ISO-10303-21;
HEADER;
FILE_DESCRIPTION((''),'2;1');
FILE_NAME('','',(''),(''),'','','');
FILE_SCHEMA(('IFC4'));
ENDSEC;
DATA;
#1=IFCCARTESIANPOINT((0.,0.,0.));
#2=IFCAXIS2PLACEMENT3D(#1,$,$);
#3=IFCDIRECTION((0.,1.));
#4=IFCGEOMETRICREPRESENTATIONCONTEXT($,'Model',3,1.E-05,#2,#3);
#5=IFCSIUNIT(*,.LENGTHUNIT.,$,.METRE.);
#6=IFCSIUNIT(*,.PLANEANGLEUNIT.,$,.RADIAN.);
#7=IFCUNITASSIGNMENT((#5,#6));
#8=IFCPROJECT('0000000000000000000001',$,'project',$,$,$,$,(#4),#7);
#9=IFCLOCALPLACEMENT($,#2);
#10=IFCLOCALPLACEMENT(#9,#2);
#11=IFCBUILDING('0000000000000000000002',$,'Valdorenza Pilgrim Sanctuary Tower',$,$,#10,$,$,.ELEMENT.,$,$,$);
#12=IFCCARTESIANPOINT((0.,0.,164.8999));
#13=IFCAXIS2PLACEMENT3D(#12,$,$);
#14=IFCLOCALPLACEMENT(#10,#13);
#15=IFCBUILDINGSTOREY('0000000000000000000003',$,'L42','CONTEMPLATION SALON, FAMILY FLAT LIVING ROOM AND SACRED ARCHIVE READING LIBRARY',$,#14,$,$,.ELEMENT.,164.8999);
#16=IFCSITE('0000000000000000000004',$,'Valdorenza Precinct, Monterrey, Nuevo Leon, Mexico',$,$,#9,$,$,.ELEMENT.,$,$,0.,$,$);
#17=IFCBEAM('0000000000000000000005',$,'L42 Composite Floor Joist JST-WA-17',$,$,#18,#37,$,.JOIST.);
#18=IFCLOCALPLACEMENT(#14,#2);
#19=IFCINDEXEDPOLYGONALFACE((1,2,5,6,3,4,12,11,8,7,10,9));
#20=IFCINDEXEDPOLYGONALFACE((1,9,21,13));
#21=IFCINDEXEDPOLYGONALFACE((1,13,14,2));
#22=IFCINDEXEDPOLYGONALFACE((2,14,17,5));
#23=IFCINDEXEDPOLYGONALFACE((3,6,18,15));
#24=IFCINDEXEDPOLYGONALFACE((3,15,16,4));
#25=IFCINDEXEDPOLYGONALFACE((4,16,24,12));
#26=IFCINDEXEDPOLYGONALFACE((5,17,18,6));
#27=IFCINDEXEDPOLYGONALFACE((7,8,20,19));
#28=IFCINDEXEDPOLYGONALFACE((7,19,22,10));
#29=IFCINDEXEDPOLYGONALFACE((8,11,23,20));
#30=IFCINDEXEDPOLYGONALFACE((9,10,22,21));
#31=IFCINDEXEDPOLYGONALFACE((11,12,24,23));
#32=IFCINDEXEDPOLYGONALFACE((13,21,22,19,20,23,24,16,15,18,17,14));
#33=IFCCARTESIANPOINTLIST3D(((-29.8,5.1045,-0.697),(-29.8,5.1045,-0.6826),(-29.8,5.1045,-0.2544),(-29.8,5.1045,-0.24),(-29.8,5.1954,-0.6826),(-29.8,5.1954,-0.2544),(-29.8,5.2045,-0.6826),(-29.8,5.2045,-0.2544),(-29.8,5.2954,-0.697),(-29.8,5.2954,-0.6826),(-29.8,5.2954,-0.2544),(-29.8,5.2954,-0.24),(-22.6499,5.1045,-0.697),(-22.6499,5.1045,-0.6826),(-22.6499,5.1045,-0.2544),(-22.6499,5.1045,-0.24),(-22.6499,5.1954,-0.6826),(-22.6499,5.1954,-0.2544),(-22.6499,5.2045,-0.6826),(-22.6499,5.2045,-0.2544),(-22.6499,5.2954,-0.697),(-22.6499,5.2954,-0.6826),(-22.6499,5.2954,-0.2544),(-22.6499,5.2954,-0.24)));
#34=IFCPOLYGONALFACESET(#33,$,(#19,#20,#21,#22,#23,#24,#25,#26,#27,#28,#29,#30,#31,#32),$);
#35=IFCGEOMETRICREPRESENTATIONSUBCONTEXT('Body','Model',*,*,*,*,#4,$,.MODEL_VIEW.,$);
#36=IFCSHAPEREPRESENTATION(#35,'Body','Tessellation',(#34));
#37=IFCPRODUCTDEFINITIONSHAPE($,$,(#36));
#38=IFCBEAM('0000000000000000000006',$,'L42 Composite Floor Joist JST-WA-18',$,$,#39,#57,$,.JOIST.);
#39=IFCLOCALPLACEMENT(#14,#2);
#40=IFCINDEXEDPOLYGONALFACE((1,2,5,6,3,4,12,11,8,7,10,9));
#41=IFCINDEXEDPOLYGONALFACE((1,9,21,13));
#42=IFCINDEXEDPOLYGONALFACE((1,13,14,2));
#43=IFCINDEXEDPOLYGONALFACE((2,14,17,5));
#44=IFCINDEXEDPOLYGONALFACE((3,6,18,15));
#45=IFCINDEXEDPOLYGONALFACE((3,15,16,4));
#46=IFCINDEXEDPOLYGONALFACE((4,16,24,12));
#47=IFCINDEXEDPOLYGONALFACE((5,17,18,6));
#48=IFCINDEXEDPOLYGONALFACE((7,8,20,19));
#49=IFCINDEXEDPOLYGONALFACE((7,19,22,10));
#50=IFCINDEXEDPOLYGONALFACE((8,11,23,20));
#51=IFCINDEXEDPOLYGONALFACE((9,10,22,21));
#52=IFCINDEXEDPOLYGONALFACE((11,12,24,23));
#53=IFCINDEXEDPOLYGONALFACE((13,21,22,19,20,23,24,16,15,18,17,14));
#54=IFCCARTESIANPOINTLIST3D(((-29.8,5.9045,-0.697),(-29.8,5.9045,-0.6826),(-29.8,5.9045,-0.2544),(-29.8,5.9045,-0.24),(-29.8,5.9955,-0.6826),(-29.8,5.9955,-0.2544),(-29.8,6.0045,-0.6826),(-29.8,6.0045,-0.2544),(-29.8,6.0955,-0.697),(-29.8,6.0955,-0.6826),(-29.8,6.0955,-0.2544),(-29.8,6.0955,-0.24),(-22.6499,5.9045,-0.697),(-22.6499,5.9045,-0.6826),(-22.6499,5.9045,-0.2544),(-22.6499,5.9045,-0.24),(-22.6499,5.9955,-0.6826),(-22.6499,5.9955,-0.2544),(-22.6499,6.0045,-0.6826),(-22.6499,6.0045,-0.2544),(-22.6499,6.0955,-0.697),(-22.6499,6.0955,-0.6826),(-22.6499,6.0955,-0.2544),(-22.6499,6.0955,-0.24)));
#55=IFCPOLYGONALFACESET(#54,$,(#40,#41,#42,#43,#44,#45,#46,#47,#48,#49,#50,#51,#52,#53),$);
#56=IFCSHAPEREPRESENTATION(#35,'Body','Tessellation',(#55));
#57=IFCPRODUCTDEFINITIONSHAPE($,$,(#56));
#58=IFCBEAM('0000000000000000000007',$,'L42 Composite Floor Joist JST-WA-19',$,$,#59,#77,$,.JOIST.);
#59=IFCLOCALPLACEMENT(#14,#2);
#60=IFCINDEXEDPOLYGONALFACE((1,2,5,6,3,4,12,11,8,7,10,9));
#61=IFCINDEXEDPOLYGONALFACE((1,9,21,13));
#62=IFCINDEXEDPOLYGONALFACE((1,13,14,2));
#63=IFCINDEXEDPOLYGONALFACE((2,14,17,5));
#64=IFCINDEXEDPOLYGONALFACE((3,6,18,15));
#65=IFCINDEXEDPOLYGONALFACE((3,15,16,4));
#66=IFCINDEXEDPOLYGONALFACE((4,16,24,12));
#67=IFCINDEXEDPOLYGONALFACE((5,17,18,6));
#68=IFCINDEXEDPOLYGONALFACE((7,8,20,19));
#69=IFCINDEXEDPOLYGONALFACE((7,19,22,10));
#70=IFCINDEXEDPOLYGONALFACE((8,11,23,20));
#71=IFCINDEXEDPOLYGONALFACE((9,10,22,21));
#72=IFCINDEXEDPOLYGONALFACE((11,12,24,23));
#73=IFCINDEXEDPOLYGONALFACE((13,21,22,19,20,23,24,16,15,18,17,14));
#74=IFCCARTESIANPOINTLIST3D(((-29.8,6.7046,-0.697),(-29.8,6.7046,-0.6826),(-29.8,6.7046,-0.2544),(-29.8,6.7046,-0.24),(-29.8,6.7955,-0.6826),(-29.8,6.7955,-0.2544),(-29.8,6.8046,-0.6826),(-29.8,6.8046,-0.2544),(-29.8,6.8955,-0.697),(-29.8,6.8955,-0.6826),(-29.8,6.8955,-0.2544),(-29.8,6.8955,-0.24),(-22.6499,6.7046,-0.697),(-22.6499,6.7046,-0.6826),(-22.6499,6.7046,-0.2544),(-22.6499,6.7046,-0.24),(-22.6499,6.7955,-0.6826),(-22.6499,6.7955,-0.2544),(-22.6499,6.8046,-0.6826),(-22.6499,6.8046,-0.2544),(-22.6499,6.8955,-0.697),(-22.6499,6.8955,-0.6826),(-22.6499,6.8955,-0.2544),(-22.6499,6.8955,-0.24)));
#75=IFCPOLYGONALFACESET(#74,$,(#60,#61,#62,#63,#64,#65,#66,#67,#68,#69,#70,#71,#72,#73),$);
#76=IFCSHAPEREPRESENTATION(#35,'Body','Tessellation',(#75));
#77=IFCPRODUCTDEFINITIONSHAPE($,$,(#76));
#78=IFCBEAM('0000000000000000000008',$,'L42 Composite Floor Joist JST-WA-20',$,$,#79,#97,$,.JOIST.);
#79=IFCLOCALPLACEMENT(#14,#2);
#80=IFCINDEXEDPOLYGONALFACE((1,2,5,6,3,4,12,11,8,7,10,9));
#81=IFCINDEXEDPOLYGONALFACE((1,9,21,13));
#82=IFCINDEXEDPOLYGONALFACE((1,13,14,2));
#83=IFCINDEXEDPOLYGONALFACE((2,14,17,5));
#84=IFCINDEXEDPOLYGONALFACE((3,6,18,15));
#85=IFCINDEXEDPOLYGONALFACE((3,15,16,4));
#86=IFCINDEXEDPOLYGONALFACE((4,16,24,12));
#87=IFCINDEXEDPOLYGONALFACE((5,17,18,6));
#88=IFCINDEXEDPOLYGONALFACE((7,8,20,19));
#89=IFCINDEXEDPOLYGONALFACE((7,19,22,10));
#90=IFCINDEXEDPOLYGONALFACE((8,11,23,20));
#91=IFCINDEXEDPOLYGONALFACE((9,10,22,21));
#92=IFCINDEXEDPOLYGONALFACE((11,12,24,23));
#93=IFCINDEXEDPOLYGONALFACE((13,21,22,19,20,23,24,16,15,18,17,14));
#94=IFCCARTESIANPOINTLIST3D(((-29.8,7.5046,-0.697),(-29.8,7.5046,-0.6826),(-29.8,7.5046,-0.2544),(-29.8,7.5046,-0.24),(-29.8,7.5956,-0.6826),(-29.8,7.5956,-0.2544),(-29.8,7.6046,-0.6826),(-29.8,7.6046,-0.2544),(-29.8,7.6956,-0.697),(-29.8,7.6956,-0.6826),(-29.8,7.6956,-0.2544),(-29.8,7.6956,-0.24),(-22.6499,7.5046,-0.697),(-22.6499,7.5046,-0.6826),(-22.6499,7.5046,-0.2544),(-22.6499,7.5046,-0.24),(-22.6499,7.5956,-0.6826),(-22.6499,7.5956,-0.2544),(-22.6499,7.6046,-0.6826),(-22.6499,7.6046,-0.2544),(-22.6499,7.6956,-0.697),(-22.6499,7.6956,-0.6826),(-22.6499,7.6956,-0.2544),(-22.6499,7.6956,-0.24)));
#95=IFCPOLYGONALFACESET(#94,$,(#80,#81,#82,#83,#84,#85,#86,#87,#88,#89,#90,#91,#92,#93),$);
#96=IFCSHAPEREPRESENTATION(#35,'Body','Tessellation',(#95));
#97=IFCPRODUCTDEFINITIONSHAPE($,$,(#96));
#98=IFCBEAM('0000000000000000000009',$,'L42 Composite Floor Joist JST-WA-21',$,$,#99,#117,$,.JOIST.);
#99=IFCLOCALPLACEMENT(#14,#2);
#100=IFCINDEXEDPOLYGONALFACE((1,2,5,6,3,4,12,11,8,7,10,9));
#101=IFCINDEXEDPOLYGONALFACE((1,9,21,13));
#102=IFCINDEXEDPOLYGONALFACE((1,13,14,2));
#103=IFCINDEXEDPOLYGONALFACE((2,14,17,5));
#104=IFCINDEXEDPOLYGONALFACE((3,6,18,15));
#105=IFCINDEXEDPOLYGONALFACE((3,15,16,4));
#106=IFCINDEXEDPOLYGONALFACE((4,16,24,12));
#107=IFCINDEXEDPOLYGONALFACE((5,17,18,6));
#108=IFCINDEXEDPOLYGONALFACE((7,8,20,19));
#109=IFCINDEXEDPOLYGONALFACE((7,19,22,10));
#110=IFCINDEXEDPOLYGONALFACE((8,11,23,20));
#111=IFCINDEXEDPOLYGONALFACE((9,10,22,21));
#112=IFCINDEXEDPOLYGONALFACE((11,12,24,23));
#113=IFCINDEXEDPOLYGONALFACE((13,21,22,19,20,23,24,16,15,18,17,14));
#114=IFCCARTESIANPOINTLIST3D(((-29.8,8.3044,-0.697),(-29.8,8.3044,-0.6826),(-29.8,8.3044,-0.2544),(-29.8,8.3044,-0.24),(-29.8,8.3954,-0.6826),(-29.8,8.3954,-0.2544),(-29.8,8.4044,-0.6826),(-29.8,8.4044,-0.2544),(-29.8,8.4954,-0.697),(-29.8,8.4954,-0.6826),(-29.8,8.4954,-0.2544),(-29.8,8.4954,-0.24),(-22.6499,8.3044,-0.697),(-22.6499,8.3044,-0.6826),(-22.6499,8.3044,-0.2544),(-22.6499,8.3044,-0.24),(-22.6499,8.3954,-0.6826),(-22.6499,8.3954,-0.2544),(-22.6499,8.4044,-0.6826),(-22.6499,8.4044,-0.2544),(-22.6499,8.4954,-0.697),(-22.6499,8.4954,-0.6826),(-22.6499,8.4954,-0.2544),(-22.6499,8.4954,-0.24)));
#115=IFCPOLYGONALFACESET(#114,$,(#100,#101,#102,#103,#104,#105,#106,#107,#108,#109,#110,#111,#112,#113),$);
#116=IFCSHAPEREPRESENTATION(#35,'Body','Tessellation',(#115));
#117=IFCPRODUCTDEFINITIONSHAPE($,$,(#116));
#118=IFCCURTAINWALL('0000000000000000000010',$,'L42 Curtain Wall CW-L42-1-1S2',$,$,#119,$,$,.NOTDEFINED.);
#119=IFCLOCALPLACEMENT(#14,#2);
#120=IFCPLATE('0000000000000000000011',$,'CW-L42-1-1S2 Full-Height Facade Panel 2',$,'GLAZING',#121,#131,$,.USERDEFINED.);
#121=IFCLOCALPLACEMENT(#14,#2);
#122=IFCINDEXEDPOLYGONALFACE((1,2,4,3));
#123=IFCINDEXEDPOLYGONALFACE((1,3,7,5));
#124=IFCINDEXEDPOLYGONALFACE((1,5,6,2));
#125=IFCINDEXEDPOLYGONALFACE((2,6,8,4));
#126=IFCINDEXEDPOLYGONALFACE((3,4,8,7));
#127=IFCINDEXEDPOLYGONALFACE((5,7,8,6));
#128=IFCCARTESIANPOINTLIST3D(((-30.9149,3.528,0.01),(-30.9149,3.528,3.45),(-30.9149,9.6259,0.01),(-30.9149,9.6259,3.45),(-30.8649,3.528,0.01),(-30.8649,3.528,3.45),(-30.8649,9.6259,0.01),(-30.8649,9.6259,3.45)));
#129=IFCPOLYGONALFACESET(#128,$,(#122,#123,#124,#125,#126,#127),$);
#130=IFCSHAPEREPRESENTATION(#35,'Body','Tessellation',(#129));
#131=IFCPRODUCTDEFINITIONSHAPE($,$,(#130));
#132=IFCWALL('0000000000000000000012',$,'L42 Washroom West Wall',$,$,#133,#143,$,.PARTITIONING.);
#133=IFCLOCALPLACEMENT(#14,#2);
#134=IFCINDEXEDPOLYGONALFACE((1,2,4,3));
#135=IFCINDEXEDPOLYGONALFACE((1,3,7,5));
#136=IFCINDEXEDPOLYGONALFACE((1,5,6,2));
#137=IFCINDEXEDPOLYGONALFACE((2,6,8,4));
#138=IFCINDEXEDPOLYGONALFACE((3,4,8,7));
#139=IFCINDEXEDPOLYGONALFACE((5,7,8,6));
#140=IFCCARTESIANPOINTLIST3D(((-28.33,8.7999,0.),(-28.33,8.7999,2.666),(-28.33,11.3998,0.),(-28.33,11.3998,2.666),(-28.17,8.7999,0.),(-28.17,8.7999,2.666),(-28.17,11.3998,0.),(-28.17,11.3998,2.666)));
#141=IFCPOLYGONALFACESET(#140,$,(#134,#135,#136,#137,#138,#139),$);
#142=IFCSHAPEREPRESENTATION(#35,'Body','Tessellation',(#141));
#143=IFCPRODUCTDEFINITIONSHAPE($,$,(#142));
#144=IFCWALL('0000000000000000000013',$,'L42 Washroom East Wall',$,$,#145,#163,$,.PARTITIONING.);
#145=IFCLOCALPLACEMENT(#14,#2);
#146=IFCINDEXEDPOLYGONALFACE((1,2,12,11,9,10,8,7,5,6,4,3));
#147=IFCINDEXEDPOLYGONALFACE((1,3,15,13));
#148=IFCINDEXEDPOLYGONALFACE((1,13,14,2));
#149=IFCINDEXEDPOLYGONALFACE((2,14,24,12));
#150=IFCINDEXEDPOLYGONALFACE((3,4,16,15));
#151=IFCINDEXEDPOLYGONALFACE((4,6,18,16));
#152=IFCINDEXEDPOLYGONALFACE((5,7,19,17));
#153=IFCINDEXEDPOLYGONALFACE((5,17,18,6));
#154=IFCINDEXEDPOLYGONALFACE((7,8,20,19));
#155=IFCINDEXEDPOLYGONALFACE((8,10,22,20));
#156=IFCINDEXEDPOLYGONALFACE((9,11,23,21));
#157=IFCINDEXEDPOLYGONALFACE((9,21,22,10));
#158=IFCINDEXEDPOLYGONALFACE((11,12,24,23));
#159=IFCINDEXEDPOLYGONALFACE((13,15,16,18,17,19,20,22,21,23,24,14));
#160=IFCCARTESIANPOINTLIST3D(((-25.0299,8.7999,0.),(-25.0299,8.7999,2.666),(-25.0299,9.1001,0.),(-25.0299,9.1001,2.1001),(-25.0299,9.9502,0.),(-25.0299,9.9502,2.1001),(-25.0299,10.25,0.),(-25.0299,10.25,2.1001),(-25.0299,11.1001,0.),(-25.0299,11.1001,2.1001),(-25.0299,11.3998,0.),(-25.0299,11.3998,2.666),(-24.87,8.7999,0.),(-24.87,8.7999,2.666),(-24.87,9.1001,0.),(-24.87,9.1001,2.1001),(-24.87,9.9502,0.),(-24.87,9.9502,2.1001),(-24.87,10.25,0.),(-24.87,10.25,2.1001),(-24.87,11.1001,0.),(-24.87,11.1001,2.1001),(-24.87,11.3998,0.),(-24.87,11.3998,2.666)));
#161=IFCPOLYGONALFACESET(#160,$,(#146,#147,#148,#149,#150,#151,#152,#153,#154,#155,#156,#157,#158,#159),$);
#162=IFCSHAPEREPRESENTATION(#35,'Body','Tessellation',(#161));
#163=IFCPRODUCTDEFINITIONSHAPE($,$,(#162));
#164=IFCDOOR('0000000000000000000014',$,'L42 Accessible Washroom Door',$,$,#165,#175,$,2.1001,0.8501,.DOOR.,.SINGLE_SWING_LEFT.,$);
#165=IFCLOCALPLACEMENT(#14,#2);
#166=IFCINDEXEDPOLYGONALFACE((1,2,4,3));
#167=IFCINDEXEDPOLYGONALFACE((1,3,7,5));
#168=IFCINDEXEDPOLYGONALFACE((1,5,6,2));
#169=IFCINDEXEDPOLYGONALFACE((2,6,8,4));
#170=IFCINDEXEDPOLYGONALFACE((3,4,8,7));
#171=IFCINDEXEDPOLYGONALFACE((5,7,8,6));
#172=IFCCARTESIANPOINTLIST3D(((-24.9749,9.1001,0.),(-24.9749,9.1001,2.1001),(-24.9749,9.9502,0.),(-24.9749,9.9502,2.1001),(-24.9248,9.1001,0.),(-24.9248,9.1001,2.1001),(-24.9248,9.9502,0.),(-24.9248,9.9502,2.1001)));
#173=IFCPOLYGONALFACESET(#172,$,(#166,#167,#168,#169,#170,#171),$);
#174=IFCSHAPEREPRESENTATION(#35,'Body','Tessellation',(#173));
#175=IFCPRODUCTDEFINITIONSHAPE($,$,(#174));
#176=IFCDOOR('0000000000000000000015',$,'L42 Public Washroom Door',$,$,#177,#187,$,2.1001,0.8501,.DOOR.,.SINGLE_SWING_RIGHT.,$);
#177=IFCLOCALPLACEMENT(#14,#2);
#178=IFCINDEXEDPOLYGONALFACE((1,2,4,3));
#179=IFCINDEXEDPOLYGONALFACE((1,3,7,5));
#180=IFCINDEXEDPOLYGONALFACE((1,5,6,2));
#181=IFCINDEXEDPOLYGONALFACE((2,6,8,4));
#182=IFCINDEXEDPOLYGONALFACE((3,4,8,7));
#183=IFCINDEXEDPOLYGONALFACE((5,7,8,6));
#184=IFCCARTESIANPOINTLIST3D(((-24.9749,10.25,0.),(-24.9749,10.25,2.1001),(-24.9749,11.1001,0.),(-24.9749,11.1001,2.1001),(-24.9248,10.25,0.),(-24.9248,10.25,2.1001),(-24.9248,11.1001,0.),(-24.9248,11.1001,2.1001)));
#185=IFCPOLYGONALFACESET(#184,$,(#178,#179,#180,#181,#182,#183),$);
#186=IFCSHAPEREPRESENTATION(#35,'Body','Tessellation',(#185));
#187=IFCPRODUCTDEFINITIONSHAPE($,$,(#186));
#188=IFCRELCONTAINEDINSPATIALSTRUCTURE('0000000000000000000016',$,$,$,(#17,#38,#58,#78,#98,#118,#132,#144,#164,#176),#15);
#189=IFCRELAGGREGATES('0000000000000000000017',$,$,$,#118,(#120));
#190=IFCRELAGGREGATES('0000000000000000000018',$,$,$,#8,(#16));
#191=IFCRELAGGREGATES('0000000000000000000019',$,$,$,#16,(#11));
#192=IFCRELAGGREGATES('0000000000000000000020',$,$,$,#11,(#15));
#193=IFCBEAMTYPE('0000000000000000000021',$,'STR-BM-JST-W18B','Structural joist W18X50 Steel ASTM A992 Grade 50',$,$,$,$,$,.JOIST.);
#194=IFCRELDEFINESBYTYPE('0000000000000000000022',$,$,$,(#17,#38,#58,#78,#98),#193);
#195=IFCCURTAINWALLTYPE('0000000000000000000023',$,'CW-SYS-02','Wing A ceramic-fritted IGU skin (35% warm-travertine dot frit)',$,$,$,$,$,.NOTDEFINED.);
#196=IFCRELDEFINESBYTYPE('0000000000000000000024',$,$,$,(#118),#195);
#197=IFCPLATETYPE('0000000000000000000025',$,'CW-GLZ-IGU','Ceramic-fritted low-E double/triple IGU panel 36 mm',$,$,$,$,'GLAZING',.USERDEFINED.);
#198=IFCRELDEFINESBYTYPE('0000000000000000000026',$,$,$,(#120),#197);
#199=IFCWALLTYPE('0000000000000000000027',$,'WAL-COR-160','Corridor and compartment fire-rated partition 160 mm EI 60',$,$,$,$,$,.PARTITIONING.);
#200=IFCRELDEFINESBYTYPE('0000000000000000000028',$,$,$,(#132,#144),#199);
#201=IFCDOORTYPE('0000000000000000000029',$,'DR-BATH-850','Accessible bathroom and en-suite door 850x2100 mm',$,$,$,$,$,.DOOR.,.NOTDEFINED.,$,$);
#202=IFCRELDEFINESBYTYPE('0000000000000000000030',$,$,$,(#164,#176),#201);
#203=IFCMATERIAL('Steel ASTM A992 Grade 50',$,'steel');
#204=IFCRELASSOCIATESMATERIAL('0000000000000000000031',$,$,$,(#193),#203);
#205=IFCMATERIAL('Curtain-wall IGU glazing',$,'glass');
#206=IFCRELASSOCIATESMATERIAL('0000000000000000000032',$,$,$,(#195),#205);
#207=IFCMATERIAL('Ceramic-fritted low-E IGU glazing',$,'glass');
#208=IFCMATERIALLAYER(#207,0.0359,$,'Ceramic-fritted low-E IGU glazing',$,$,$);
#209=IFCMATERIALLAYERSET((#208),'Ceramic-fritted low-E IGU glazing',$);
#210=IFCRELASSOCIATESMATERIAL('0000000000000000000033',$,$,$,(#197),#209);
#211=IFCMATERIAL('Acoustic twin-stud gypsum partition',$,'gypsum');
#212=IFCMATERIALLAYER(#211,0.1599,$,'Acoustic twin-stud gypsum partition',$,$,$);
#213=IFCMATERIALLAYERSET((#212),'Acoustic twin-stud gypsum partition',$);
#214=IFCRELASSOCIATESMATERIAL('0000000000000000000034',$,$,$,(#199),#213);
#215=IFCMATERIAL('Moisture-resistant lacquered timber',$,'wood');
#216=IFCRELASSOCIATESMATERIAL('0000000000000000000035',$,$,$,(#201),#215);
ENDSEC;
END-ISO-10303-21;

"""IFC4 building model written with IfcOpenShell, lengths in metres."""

from ifc_helpers import new_model, si_unit, direction, frame, frame_2d, origin, origin_2d, place, context, subcontext, project, spatial, rectangle, i_section, extrude, source, transform, mapped, material, layer, layer_set, material_profile, profile_set, type_object, element, fill, aggregate, save


model = new_model("IFC4")

# Units and contexts
model_context = context("Model", 3, precision=1e-05, world=origin(), true_north=direction((0.0, 1.0)))
body_context = subcontext(model_context, "Body", "Model", "MODEL_VIEW")
ifc_project = project(units=[si_unit("LENGTHUNIT", "METRE"), si_unit("PLANEANGLEUNIT", "RADIAN")], contexts=[model_context])

# Site, building, storey
site_placement = place(None, origin())
site = spatial("IfcSite", under=ifc_project, at=site_placement, Name="Valdorenza Precinct, Monterrey, Nuevo Leon, Mexico", CompositionType="ELEMENT", RefElevation=0.0)
building_placement = place(site_placement, origin())
building = spatial("IfcBuilding", under=site, at=building_placement, Name="Valdorenza Pilgrim Sanctuary Tower", CompositionType="ELEMENT")
storey_placement = place(building_placement, frame((0.0, 0.0, 164.8999)))
storey = spatial("IfcBuildingStorey", under=building, at=storey_placement, Name="L42", Description="CONTEMPLATION SALON, FAMILY FLAT LIVING ROOM AND SACRED ARCHIVE READING LIBRARY", CompositionType="ELEMENT", Elevation=164.8999)

# Beams
ifc_material_1 = material(Name="Steel ASTM A992 Grade 50", Category="steel")
ifc_material_profile = material_profile(ifc_material_1, i_section(OverallWidth=0.1909, OverallDepth=0.457, WebThickness=0.009, FlangeThickness=0.0144, at=origin_2d()), Name="W18X50")
ifc_profile_set = profile_set([ifc_material_profile], Name="Steel ASTM A992 Grade 50")
beam_type = type_object("IfcBeamType", Name="STR-BM-JST-W18B", Description="Structural joist W18X50 Steel ASTM A992 Grade 50", PredefinedType="JOIST", material=ifc_profile_set)
shared_shape_1 = source(origin(), body_context, "Body", "SweptSolid", [
    extrude(i_section(OverallWidth=0.1909, OverallDepth=0.457, WebThickness=0.009, FlangeThickness=0.0144, at=origin_2d()), origin(), (0.0, 0.0, 1.0), 7.1501),
])
for number, where, z_axis, x_axis, name in (
    (1, (-29.8, 5.2, -0.4685), (1.0, 0.0, 0.0), (0.0, 1.0, 0.0), "L42 Composite Floor Joist JST-WA-17"),
    (2, (-29.8, 6.0, -0.4685), (1.0, 0.0, 0.0), (0.0, 1.0, 0.0), "L42 Composite Floor Joist JST-WA-18"),
    (3, (-29.8, 6.8, -0.4685), (1.0, 0.0, 0.0), (0.0, 1.0, 0.0), "L42 Composite Floor Joist JST-WA-19"),
    (4, (-29.8, 7.6001, -0.4685), (1.0, 0.0, 0.0), (0.0, 1.0, 0.0), "L42 Composite Floor Joist JST-WA-20"),
    (5, (-29.8, 8.3999, -0.4685), (1.0, 0.0, 0.0), (0.0, 1.0, 0.0), "L42 Composite Floor Joist JST-WA-21"),
):
    element("IfcBeam", number, at=place(storey_placement, frame(where, z_axis=z_axis, x_axis=x_axis)), inside=storey, type_object=beam_type, Name=name, PredefinedType="JOIST", context=body_context, shape_type="MappedRepresentation", body=[
        mapped(shared_shape_1, transform((0.0, 0.0, 0.0), x_axis=(1.0, 0.0, 0.0), y_axis=(0.0, 1.0, 0.0), z_axis=(0.0, 0.0, 1.0), scale=1.0)),
    ])

# Curtain wall, plate
ifc_material_2 = material(Name="Curtain-wall IGU glazing", Category="glass")
curtain_wall_type = type_object("IfcCurtainWallType", Name="CW-SYS-02", Description="Wing A ceramic-fritted IGU skin (35% warm-travertine dot frit)", PredefinedType="NOTDEFINED", material=ifc_material_2)
curtain_wall_placement = place(storey_placement, origin())
curtain_wall = element("IfcCurtainWall", 6, at=curtain_wall_placement, inside=storey, type_object=curtain_wall_type, Name="L42 Curtain Wall CW-L42-1-1S2", PredefinedType="NOTDEFINED")
ifc_material_3 = material(Name="Ceramic-fritted low-E IGU glazing", Category="glass")
ifc_layer_1 = layer(ifc_material_3, 0.0359, Name="Ceramic-fritted low-E IGU glazing")
ifc_layer_set_1 = layer_set([ifc_layer_1], Name="Ceramic-fritted low-E IGU glazing")
plate_type = type_object("IfcPlateType", Name="CW-GLZ-IGU", Description="Ceramic-fritted low-E double/triple IGU panel 36 mm", ElementType="GLAZING", PredefinedType="USERDEFINED", material=ifc_layer_set_1)
shared_shape_2 = source(origin(), body_context, "Body", "SweptSolid", [
    extrude(rectangle(XDim=6.0979, YDim=0.05, at=origin_2d()), origin(), (0.0, 0.0, 1.0), 3.4399),
])
plate_placement = place(storey_placement, frame((-30.8899, 6.5769, 0.01), z_axis=(0.0, 0.0, 1.0), x_axis=(0.0, 1.0, 0.0)))
plate = element("IfcPlate", 7, at=plate_placement, type_object=plate_type, Name="CW-L42-1-1S2 Full-Height Facade Panel 2", ObjectType="GLAZING", PredefinedType="USERDEFINED", context=body_context, shape_type="MappedRepresentation", body=[
    mapped(shared_shape_2, transform((0.0, 0.0, 0.0), x_axis=(1.0, 0.0, 0.0), y_axis=(0.0, 1.0, 0.0), z_axis=(0.0, 0.0, 1.0), scale=1.0)),
])
aggregate(curtain_wall, [plate])

# Wall
ifc_material_4 = material(Name="Acoustic twin-stud gypsum partition", Category="gypsum")
ifc_layer_2 = layer(ifc_material_4, 0.1599, Name="Acoustic twin-stud gypsum partition")
ifc_layer_set_2 = layer_set([ifc_layer_2], Name="Acoustic twin-stud gypsum partition")
wall_type = type_object("IfcWallType", Name="WAL-COR-160", Description="Corridor and compartment fire-rated partition 160 mm EI 60", PredefinedType="PARTITIONING", material=ifc_layer_set_2)
wall_1_placement = place(storey_placement, frame((-28.25, 8.8, 0.0), z_axis=(0.0, 0.0, 1.0), x_axis=(0.0, 1.0, 0.0)))
element("IfcWall", 8, at=wall_1_placement, inside=storey, type_object=wall_type, Name="L42 Washroom West Wall", PredefinedType="PARTITIONING", context=body_context, shape_type="SweptSolid", body=[
    extrude(rectangle(XDim=2.5999, YDim=0.1599, at=frame_2d((1.2998, 0.0))), origin(), (0.0, 0.0, 1.0), 2.666),
])

# Wall, openings, doors
wall_2_placement = place(storey_placement, frame((-24.95, 8.8, 0.0), z_axis=(0.0, 0.0, 1.0), x_axis=(0.0, 1.0, 0.0)))
wall_2 = element("IfcWall", 9, at=wall_2_placement, inside=storey, type_object=wall_type, Name="L42 Washroom East Wall", PredefinedType="PARTITIONING", context=body_context, shape_type="SweptSolid", body=[
    extrude(rectangle(XDim=2.5999, YDim=0.1599, at=frame_2d((1.2998, 0.0))), origin(), (0.0, 0.0, 1.0), 2.666),
])
opening_1_placement = place(wall_2_placement, frame((0.3, 0.0, 0.0)))
opening_1 = element("IfcOpeningElement", 10, at=opening_1_placement, cuts=wall_2, PredefinedType="OPENING", context=body_context, shape_type="SweptSolid", body=[
    extrude(rectangle(XDim=0.8501, YDim=2.1001, at=frame_2d((0.425, 1.05))), frame((0.0, 0.0947, 0.0), z_axis=(0.0, -1.0, 0.0), x_axis=(1.0, 0.0, 0.0)), (0.0, 0.0, 1.0), 0.1897),
])
opening_2_placement = place(wall_2_placement, frame((1.45, 0.0, 0.0)))
opening_2 = element("IfcOpeningElement", 11, at=opening_2_placement, cuts=wall_2, PredefinedType="OPENING", context=body_context, shape_type="SweptSolid", body=[
    extrude(rectangle(XDim=0.8501, YDim=2.1001, at=frame_2d((0.425, 1.05))), frame((0.0, 0.0947, 0.0), z_axis=(0.0, -1.0, 0.0), x_axis=(1.0, 0.0, 0.0)), (0.0, 0.0, 1.0), 0.1897),
])
ifc_material_5 = material(Name="Moisture-resistant lacquered timber", Category="wood")
door_type_1 = type_object("IfcDoorType", Name="DR-BATH-850", Description="Accessible bathroom and en-suite door 850x2100 mm", OperationType="NOTDEFINED", PredefinedType="DOOR", material=ifc_material_5)
door_1_placement = place(opening_1_placement, origin())
door_1 = element("IfcDoor", 12, at=door_1_placement, inside=storey, type_object=door_type_1, Name="L42 Accessible Washroom Door", OperationType="SINGLE_SWING_LEFT", OverallHeight=2.1001, OverallWidth=0.8501, PredefinedType="DOOR", context=body_context, shape_type="SweptSolid", body=[
    extrude(rectangle(XDim=0.8501, YDim=2.1001, at=frame_2d((0.425, 1.05))), frame((0.0, 0.0249, 0.0), z_axis=(0.0, -1.0, 0.0), x_axis=(1.0, 0.0, 0.0)), (0.0, 0.0, 1.0), 0.05),
])
fill(opening_1, door_1)
door_2_placement = place(opening_2_placement, origin())
door_2 = element("IfcDoor", 13, at=door_2_placement, inside=storey, type_object=door_type_1, Name="L42 Public Washroom Door", OperationType="SINGLE_SWING_RIGHT", OverallHeight=2.1001, OverallWidth=0.8501, PredefinedType="DOOR", context=body_context, shape_type="SweptSolid", body=[
    extrude(rectangle(XDim=0.8501, YDim=2.1001, at=frame_2d((0.425, 1.05))), frame((0.0, 0.0249, 0.0), z_axis=(0.0, -1.0, 0.0), x_axis=(1.0, 0.0, 0.0)), (0.0, 0.0, 1.0), 0.05),
])
fill(opening_2, door_2)

save(model, "model.ifc")
